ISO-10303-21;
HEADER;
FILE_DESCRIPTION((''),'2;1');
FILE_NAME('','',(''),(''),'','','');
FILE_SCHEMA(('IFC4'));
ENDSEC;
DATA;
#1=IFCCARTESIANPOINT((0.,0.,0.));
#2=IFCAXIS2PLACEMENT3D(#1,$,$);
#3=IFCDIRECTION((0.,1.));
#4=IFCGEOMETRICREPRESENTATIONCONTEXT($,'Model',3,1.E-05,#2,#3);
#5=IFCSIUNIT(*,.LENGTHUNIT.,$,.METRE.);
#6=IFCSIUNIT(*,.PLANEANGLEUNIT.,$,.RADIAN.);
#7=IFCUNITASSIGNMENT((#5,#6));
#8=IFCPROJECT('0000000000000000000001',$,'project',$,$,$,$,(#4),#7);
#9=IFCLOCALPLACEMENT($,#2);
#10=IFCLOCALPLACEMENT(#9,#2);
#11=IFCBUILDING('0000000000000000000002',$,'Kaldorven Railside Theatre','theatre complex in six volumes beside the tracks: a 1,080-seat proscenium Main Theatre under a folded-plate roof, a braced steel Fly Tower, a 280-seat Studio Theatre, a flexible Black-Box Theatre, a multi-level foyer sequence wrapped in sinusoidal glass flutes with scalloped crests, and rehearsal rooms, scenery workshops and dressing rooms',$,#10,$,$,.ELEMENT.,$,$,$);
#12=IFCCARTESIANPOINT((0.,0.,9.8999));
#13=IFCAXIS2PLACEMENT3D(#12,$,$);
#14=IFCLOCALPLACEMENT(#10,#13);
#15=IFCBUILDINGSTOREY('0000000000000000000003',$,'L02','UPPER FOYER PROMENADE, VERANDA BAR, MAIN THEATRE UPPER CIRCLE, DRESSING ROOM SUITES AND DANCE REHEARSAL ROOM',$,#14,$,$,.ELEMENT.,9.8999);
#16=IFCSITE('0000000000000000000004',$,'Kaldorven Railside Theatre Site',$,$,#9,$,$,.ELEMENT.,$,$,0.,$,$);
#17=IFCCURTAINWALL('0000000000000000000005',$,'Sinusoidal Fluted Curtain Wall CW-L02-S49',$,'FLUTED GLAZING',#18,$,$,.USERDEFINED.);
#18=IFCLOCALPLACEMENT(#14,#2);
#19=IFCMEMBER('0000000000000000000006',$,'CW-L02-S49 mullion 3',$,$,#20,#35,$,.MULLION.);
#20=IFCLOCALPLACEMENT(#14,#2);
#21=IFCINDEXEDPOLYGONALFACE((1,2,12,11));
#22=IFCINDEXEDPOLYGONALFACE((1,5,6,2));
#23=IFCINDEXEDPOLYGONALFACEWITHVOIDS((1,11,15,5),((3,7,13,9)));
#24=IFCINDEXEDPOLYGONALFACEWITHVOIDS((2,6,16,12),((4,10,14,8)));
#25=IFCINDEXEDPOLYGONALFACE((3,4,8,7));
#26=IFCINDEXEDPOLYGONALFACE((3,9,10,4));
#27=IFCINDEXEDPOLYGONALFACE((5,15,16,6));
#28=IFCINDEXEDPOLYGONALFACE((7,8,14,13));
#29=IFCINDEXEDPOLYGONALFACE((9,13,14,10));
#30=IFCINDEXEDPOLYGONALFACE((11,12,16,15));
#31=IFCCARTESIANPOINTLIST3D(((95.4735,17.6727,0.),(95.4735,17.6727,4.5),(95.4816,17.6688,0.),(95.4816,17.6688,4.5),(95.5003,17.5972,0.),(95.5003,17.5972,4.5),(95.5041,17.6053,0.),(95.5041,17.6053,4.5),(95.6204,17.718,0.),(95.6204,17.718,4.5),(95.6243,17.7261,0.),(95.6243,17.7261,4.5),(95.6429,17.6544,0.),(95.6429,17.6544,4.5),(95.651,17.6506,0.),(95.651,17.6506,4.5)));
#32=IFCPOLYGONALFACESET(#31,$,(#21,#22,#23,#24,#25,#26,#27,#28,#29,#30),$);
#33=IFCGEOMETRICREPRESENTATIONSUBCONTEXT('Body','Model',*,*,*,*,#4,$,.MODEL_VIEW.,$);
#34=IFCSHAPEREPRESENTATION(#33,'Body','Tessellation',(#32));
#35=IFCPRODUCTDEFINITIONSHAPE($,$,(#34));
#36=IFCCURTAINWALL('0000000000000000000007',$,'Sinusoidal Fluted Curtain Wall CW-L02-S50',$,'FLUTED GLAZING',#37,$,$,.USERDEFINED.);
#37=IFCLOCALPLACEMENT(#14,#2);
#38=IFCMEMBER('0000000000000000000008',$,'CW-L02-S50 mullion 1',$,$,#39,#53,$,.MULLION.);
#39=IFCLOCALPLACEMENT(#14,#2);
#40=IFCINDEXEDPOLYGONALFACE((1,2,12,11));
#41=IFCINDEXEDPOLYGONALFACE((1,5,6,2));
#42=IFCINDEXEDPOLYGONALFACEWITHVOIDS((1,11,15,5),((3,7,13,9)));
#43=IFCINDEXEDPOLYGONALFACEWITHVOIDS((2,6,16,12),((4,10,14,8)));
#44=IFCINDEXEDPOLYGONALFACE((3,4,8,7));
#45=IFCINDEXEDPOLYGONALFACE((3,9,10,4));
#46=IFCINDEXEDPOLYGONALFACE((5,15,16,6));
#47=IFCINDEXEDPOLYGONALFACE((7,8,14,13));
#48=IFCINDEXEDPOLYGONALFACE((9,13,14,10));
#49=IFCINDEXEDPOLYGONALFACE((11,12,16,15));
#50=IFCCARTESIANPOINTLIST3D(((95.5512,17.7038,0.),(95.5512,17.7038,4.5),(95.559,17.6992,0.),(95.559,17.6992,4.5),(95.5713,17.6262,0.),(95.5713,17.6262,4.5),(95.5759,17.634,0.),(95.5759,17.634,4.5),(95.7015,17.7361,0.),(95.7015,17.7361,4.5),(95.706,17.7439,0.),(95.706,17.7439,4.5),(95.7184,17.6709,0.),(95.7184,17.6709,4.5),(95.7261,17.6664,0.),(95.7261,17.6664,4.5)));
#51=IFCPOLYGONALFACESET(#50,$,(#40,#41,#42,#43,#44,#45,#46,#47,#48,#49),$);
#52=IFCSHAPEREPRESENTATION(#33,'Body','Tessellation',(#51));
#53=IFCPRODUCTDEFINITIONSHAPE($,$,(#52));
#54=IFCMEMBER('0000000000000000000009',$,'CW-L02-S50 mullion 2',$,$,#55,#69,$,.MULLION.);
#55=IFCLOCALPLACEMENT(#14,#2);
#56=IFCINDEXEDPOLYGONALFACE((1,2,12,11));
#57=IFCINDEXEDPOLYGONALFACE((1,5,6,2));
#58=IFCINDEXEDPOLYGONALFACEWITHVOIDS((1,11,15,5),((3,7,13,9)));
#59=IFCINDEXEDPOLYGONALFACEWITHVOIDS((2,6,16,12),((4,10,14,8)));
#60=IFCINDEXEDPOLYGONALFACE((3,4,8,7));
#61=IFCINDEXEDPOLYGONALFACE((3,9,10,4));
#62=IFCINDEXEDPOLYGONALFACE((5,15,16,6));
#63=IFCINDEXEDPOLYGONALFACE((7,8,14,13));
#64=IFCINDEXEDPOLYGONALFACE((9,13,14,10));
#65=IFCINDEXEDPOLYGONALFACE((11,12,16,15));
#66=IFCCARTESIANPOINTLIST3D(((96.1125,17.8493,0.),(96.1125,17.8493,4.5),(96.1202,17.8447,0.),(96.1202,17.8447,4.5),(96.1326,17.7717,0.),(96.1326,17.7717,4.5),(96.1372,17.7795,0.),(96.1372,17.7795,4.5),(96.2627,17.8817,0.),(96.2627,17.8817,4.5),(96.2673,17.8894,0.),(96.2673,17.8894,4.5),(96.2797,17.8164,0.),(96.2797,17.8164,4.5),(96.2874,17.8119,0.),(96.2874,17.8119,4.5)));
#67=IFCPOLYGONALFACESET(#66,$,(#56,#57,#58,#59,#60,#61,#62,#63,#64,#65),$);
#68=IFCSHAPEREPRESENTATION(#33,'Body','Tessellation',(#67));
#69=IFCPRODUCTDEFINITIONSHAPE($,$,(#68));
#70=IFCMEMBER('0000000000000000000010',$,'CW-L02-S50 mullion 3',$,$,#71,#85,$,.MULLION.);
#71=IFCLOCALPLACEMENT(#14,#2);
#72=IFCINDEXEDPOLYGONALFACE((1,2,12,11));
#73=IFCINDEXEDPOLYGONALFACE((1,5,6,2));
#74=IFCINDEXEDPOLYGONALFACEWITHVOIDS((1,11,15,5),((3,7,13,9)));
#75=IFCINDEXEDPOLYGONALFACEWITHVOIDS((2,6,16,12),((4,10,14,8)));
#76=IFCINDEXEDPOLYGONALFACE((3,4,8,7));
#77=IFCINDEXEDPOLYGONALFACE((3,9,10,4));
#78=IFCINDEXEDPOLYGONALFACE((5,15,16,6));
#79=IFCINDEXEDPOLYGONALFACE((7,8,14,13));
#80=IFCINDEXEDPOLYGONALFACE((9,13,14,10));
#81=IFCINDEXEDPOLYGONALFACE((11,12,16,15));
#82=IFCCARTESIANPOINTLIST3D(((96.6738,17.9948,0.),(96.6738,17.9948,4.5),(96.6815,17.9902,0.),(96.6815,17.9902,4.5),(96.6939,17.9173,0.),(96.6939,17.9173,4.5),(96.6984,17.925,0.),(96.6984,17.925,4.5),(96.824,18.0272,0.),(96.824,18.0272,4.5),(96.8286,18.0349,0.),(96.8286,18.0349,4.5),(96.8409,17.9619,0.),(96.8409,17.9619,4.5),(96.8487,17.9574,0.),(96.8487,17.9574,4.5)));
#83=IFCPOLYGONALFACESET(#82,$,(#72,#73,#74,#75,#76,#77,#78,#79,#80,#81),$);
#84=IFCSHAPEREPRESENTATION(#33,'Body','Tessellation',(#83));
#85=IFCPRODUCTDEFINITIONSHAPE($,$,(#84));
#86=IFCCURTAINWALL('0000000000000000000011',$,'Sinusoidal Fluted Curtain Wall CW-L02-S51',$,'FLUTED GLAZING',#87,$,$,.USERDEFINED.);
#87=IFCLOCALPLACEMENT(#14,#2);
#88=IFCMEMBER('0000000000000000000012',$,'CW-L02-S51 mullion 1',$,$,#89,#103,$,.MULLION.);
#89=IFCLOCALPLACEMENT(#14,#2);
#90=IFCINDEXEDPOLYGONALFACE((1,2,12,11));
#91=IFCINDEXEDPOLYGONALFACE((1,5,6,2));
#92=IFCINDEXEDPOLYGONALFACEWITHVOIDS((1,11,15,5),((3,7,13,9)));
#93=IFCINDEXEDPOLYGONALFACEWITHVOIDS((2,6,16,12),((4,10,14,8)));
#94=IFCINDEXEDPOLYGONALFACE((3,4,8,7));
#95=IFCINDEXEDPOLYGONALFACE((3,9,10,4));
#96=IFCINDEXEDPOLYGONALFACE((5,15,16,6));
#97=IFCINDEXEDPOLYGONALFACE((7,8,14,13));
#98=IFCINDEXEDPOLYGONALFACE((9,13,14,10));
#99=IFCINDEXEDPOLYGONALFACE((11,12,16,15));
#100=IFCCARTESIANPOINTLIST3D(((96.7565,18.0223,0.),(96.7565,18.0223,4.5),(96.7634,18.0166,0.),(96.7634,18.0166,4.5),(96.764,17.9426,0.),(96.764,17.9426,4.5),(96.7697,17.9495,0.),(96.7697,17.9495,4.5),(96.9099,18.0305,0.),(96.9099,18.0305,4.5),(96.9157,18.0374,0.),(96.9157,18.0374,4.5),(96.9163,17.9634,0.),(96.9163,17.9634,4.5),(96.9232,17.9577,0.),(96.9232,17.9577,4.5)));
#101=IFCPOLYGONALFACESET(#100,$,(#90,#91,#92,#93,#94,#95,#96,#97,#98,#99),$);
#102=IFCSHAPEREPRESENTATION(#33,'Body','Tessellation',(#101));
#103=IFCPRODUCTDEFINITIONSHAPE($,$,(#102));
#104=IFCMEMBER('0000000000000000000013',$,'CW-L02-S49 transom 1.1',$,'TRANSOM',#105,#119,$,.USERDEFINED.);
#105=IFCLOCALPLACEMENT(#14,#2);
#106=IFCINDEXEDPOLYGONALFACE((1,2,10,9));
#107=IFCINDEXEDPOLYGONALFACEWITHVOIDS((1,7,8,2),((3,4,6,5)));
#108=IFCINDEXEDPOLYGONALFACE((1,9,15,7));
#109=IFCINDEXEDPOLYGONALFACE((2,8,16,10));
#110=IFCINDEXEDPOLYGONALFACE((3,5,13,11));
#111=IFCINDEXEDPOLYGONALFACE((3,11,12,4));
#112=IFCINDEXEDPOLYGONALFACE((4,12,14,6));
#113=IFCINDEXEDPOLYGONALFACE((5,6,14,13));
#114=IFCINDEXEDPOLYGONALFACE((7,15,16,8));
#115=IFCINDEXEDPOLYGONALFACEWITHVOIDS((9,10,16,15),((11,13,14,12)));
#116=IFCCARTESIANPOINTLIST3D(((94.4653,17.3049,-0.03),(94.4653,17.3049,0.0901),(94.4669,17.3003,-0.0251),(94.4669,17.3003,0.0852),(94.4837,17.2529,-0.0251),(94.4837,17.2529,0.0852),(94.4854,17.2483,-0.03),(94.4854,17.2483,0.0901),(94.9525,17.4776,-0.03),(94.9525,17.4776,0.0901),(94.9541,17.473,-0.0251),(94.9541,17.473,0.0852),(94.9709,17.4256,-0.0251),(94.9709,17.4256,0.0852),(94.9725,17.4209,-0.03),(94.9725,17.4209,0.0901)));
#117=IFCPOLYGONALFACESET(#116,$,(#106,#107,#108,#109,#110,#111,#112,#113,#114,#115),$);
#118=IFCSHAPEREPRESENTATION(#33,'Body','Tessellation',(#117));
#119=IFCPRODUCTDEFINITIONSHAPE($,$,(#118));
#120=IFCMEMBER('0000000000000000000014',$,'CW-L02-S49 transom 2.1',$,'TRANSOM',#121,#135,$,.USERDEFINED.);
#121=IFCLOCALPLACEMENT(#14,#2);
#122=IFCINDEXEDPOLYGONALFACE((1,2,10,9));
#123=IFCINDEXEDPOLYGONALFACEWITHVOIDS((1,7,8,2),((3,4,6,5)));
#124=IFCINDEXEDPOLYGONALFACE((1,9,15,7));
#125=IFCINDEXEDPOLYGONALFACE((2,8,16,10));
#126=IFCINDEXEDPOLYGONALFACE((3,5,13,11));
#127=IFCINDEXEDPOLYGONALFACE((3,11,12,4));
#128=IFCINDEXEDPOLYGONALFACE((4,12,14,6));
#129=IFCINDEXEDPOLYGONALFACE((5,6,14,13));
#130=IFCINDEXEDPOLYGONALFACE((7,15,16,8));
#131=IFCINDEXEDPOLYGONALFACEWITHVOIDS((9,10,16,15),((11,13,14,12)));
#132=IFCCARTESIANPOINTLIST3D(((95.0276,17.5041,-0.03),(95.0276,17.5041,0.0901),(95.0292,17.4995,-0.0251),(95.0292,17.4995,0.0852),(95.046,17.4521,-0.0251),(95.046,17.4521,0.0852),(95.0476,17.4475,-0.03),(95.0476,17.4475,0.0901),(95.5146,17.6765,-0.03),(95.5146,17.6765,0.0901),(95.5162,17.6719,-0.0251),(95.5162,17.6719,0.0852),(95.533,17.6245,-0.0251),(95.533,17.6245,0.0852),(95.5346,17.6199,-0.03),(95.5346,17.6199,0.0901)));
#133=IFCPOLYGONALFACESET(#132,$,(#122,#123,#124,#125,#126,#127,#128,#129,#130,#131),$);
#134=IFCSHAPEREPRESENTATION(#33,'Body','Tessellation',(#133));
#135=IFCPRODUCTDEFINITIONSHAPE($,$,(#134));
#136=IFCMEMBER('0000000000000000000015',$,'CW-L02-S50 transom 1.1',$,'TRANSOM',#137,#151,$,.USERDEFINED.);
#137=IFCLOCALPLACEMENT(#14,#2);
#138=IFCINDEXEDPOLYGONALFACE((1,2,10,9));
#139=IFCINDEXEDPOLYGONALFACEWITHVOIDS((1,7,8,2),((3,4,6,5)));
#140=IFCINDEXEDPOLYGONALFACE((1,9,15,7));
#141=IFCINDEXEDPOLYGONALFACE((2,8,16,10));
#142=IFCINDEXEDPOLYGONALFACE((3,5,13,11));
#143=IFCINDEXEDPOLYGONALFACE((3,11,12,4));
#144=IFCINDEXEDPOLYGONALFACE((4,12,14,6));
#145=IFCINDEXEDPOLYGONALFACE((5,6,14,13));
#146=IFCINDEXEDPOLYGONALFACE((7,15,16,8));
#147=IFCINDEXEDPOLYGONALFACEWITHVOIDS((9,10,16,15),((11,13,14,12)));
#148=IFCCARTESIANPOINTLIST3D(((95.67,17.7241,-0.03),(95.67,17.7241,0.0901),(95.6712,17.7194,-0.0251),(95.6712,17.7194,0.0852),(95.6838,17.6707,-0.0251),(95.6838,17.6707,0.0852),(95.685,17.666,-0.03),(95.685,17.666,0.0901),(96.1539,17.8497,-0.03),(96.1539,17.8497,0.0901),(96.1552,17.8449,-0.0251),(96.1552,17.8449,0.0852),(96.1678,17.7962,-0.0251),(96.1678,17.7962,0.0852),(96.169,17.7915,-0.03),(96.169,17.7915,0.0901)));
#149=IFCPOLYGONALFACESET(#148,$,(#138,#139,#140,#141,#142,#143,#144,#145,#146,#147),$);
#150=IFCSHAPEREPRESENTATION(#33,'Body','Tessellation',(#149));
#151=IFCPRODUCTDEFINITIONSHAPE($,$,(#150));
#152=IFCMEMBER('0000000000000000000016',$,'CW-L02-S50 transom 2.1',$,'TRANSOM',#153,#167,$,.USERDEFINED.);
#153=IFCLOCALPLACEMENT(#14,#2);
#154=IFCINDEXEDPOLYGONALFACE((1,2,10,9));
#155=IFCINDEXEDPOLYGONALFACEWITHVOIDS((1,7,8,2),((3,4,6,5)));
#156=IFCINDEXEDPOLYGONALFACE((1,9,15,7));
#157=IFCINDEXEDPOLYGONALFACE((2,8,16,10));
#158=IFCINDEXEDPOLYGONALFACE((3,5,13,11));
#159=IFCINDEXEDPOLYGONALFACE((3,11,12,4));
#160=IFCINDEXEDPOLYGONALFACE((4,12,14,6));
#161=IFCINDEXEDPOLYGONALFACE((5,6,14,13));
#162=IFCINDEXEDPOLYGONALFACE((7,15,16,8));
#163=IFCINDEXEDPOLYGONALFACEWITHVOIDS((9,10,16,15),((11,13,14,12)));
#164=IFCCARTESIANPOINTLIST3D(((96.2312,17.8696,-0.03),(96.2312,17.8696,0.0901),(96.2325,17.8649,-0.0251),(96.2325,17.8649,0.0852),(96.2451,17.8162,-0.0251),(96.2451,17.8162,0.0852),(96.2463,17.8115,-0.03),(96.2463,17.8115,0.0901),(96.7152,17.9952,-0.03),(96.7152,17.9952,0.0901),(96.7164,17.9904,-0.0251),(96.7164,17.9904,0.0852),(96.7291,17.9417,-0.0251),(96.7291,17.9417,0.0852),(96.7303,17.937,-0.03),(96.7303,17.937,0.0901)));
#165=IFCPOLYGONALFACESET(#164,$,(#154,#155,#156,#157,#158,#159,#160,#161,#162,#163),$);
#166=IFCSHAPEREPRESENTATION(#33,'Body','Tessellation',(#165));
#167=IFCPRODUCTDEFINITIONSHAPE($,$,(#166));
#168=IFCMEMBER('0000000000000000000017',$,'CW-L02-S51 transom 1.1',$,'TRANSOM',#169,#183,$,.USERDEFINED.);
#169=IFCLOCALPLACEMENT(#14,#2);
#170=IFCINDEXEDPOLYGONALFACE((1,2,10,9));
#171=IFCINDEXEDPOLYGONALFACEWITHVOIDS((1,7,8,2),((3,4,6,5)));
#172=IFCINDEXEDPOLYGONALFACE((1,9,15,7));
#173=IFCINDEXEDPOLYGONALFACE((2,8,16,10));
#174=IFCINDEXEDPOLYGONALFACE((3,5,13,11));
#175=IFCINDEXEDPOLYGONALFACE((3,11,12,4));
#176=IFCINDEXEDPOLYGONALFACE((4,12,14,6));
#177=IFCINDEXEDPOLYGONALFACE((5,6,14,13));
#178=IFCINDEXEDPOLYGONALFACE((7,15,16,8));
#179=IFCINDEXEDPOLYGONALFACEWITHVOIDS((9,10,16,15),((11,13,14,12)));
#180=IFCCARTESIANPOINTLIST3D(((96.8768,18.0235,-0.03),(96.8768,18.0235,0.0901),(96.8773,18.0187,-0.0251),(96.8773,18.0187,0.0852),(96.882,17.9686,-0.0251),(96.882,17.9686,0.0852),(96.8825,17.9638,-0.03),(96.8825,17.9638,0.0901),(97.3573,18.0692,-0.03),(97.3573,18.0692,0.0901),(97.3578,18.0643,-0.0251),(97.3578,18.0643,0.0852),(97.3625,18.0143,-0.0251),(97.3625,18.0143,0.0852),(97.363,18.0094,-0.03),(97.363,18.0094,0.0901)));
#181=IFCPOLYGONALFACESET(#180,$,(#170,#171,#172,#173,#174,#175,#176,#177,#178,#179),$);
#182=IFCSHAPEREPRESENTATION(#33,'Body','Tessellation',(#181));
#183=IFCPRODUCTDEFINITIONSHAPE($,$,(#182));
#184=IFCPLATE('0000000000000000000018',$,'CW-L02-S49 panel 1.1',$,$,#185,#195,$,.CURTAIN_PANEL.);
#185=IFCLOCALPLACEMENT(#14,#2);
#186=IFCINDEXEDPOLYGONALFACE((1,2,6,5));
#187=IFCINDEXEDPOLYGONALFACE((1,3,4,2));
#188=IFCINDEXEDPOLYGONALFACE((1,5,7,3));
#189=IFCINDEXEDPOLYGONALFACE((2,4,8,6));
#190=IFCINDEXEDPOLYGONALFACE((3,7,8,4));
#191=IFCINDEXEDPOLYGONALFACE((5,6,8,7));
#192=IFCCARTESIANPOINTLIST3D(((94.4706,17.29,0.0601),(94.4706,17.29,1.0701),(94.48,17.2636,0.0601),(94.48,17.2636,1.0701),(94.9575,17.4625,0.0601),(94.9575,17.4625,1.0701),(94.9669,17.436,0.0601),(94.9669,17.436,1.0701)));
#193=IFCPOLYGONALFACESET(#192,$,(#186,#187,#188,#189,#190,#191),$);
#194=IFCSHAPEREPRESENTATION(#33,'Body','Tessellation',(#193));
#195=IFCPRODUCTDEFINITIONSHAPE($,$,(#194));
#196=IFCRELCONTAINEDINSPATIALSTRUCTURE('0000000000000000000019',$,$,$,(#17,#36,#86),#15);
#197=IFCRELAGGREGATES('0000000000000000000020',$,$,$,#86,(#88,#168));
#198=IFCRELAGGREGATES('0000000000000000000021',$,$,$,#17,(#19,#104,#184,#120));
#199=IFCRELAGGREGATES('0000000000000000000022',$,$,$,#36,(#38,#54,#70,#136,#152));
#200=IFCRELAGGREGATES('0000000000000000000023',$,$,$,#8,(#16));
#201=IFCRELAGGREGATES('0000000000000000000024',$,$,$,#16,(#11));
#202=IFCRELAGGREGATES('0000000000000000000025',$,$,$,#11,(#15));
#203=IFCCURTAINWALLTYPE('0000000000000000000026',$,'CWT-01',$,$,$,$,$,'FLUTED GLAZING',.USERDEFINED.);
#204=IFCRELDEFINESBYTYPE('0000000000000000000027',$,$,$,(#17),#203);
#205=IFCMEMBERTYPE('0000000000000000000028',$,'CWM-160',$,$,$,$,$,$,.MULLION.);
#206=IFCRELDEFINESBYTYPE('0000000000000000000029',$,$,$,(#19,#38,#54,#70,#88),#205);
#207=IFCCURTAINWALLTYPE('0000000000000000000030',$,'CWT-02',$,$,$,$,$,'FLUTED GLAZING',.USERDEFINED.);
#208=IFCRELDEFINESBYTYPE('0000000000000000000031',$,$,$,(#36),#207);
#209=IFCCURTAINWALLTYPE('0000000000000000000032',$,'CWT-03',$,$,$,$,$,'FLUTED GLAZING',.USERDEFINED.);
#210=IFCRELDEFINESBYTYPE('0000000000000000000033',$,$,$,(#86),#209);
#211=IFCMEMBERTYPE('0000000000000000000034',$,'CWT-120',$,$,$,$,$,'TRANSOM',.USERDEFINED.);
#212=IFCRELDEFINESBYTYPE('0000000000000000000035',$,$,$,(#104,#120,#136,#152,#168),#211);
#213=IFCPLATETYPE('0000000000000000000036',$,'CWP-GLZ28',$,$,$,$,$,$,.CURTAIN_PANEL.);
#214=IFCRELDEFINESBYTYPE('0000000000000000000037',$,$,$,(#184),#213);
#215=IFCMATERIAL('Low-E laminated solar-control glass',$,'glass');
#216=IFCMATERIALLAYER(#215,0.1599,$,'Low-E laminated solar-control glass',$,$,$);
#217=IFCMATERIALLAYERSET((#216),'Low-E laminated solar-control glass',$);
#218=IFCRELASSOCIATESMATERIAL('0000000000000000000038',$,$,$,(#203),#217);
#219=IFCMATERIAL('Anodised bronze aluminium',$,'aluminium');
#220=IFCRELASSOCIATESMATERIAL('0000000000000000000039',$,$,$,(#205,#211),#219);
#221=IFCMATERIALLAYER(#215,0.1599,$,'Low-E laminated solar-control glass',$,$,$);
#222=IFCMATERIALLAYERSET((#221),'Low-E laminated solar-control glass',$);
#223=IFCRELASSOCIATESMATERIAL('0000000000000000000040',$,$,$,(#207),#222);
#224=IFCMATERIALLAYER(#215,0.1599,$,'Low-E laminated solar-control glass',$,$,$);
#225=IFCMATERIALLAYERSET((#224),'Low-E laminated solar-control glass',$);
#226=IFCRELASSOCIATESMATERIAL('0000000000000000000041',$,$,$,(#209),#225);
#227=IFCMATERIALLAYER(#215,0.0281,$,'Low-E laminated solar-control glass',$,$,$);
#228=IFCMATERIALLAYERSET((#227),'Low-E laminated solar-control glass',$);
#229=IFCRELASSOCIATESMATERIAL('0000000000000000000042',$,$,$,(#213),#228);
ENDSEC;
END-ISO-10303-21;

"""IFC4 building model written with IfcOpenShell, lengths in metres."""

from ifc_helpers import new_model, si_unit, direction, frame, origin, origin_2d, place, context, subcontext, project, spatial, rectangle, hollow_rectangle, extrude, material, layer, layer_set, material_profile, profile_set, type_object, element, aggregate, save


model = new_model("IFC4")

# Units and contexts
model_context = context("Model", 3, precision=1e-05, world=origin(), true_north=direction((0.0, 1.0)))
body_context = subcontext(model_context, "Body", "Model", "MODEL_VIEW")
ifc_project = project(units=[si_unit("LENGTHUNIT", "METRE"), si_unit("PLANEANGLEUNIT", "RADIAN")], contexts=[model_context])

# Site, building, storey
site_placement = place(None, origin())
site = spatial("IfcSite", under=ifc_project, at=site_placement, Name="Kaldorven Railside Theatre Site", CompositionType="ELEMENT", RefElevation=0.0)
building_placement = place(site_placement, origin())
building = spatial("IfcBuilding", under=site, at=building_placement, Name="Kaldorven Railside Theatre", Description="theatre complex in six volumes beside the tracks: a 1,080-seat proscenium Main Theatre under a folded-plate roof, a braced steel Fly Tower, a 280-seat Studio Theatre, a flexible Black-Box Theatre, a multi-level foyer sequence wrapped in sinusoidal glass flutes with scalloped crests, and rehearsal rooms, scenery workshops and dressing rooms", CompositionType="ELEMENT")
storey_placement = place(building_placement, frame((0.0, 0.0, 9.8999)))
storey = spatial("IfcBuildingStorey", under=building, at=storey_placement, Name="L02", Description="UPPER FOYER PROMENADE, VERANDA BAR, MAIN THEATRE UPPER CIRCLE, DRESSING ROOM SUITES AND DANCE REHEARSAL ROOM", CompositionType="ELEMENT", Elevation=9.8999)

# Curtain walls, members
ifc_material_1 = material(Name="Low-E laminated solar-control glass", Category="glass")
ifc_layer_1 = layer(ifc_material_1, 0.1599, Name="Low-E laminated solar-control glass")
ifc_layer_set_1 = layer_set([ifc_layer_1], Name="Low-E laminated solar-control glass")
curtain_wall_type_1 = type_object("IfcCurtainWallType", Name="CWT-01", ElementType="FLUTED GLAZING", PredefinedType="USERDEFINED", material=ifc_layer_set_1)
curtain_wall_1_placement = place(storey_placement, origin())
curtain_wall_1 = element("IfcCurtainWall", 1, at=curtain_wall_1_placement, inside=storey, type_object=curtain_wall_type_1, Name="Sinusoidal Fluted Curtain Wall CW-L02-S49", ObjectType="FLUTED GLAZING", PredefinedType="USERDEFINED")
ifc_material_2 = material(Name="Anodised bronze aluminium", Category="aluminium")
ifc_material_profile_1 = material_profile(ifc_material_2, hollow_rectangle(XDim=0.0801, YDim=0.1599, WallThickness=0.0063, at=origin_2d()), Name="RHS 160x80x6.3")
ifc_profile_set_1 = profile_set([ifc_material_profile_1], Name="Anodised bronze aluminium")
member_type_1 = type_object("IfcMemberType", Name="CWM-160", PredefinedType="MULLION", material=ifc_profile_set_1)
member_1_placement = place(storey_placement, frame((95.5623, 17.6616, 0.0), z_axis=(0.0, 0.0, 1.0), x_axis=(-0.333847, 0.942627, 0.0)))
member_1 = element("IfcMember", 2, at=member_1_placement, type_object=member_type_1, Name="CW-L02-S49 mullion 3", PredefinedType="MULLION", context=body_context, shape_type="SweptSolid", body=[
    extrude(hollow_rectangle(XDim=0.0801, YDim=0.1599, WallThickness=0.0063, at=origin_2d()), origin(), (0.0, 0.0, 1.0), 4.5),
])
ifc_layer_2 = layer(ifc_material_1, 0.1599, Name="Low-E laminated solar-control glass")
ifc_layer_set_2 = layer_set([ifc_layer_2], Name="Low-E laminated solar-control glass")
curtain_wall_type_2 = type_object("IfcCurtainWallType", Name="CWT-02", ElementType="FLUTED GLAZING", PredefinedType="USERDEFINED", material=ifc_layer_set_2)
curtain_wall_2_placement = place(storey_placement, origin())
curtain_wall_2 = element("IfcCurtainWall", 3, at=curtain_wall_2_placement, inside=storey, type_object=curtain_wall_type_2, Name="Sinusoidal Fluted Curtain Wall CW-L02-S50", ObjectType="FLUTED GLAZING", PredefinedType="USERDEFINED")
member_2_placement = place(storey_placement, frame((95.6387, 17.6851, 0.0), z_axis=(0.0, 0.0, 1.0), x_axis=(-0.250954, 0.967999, 0.0)))
member_2 = element("IfcMember", 4, at=member_2_placement, type_object=member_type_1, Name="CW-L02-S50 mullion 1", PredefinedType="MULLION", context=body_context, shape_type="SweptSolid", body=[
    extrude(hollow_rectangle(XDim=0.0801, YDim=0.1599, WallThickness=0.0063, at=origin_2d()), origin(), (0.0, 0.0, 1.0), 4.5),
])
member_3_placement = place(storey_placement, frame((96.2, 17.8306, 0.0), z_axis=(0.0, 0.0, 1.0), x_axis=(-0.250954, 0.967999, 0.0)))
member_3 = element("IfcMember", 5, at=member_3_placement, type_object=member_type_1, Name="CW-L02-S50 mullion 2", PredefinedType="MULLION", context=body_context, shape_type="SweptSolid", body=[
    extrude(hollow_rectangle(XDim=0.0801, YDim=0.1599, WallThickness=0.0063, at=origin_2d()), origin(), (0.0, 0.0, 1.0), 4.5),
])
member_4_placement = place(storey_placement, frame((96.7612, 17.9761, 0.0), z_axis=(0.0, 0.0, 1.0), x_axis=(-0.250954, 0.967999, 0.0)))
member_4 = element("IfcMember", 6, at=member_4_placement, type_object=member_type_1, Name="CW-L02-S50 mullion 3", PredefinedType="MULLION", context=body_context, shape_type="SweptSolid", body=[
    extrude(hollow_rectangle(XDim=0.0801, YDim=0.1599, WallThickness=0.0063, at=origin_2d()), origin(), (0.0, 0.0, 1.0), 4.5),
])

# Curtain wall, member
ifc_layer_3 = layer(ifc_material_1, 0.1599, Name="Low-E laminated solar-control glass")
ifc_layer_set_3 = layer_set([ifc_layer_3], Name="Low-E laminated solar-control glass")
curtain_wall_type_3 = type_object("IfcCurtainWallType", Name="CWT-03", ElementType="FLUTED GLAZING", PredefinedType="USERDEFINED", material=ifc_layer_set_3)
curtain_wall_3_placement = place(storey_placement, origin())
curtain_wall_3 = element("IfcCurtainWall", 7, at=curtain_wall_3_placement, inside=storey, type_object=curtain_wall_type_3, Name="Sinusoidal Fluted Curtain Wall CW-L02-S51", ObjectType="FLUTED GLAZING", PredefinedType="USERDEFINED")
member_5_placement = place(storey_placement, frame((96.8398, 17.99, 0.0), z_axis=(0.0, 0.0, 1.0), x_axis=(-0.094492, 0.995526, 0.0)))
member_5 = element("IfcMember", 8, at=member_5_placement, type_object=member_type_1, Name="CW-L02-S51 mullion 1", PredefinedType="MULLION", context=body_context, shape_type="SweptSolid", body=[
    extrude(hollow_rectangle(XDim=0.0801, YDim=0.1599, WallThickness=0.0063, at=origin_2d()), origin(), (0.0, 0.0, 1.0), 4.5),
])

# Members
ifc_material_profile_2 = material_profile(ifc_material_2, hollow_rectangle(XDim=0.0601, YDim=0.1201, WallThickness=0.0049, at=origin_2d()), Name="RHS 120x60x5")
ifc_profile_set_2 = profile_set([ifc_material_profile_2], Name="Anodised bronze aluminium")
member_type_2 = type_object("IfcMemberType", Name="CWT-120", ElementType="TRANSOM", PredefinedType="USERDEFINED", material=ifc_profile_set_2)
member_6_placement = place(storey_placement, frame((94.4753, 17.2766, 0.03), z_axis=(0.942562, 0.334031, 0.0), x_axis=(-0.334031, 0.942562, 0.0)))
member_6 = element("IfcMember", 9, at=member_6_placement, type_object=member_type_2, Name="CW-L02-S49 transom 1.1", ObjectType="TRANSOM", PredefinedType="USERDEFINED", context=body_context, shape_type="SweptSolid", body=[
    extrude(hollow_rectangle(XDim=0.0601, YDim=0.1201, WallThickness=0.0049, at=origin_2d()), origin(), (0.0, 0.0, 1.0), 0.5168),
])
member_7_placement = place(storey_placement, frame((95.0376, 17.4758, 0.03), z_axis=(0.942711, 0.333611, 0.0), x_axis=(-0.333611, 0.942711, 0.0)))
member_7 = element("IfcMember", 10, at=member_7_placement, type_object=member_type_2, Name="CW-L02-S49 transom 2.1", ObjectType="TRANSOM", PredefinedType="USERDEFINED", context=body_context, shape_type="SweptSolid", body=[
    extrude(hollow_rectangle(XDim=0.0601, YDim=0.1201, WallThickness=0.0049, at=origin_2d()), origin(), (0.0, 0.0, 1.0), 0.5166),
])
member_8_placement = place(storey_placement, frame((95.6775, 17.6951, 0.03), z_axis=(0.967979, 0.25103, 0.0), x_axis=(-0.25103, 0.967979, 0.0)))
member_8 = element("IfcMember", 11, at=member_8_placement, type_object=member_type_2, Name="CW-L02-S50 transom 1.1", ObjectType="TRANSOM", PredefinedType="USERDEFINED", context=body_context, shape_type="SweptSolid", body=[
    extrude(hollow_rectangle(XDim=0.0601, YDim=0.1201, WallThickness=0.0049, at=origin_2d()), origin(), (0.0, 0.0, 1.0), 0.5),
])
member_9_placement = place(storey_placement, frame((96.2388, 17.8406, 0.03), z_axis=(0.967979, 0.25103, 0.0), x_axis=(-0.25103, 0.967979, 0.0)))
member_9 = element("IfcMember", 12, at=member_9_placement, type_object=member_type_2, Name="CW-L02-S50 transom 2.1", ObjectType="TRANSOM", PredefinedType="USERDEFINED", context=body_context, shape_type="SweptSolid", body=[
    extrude(hollow_rectangle(XDim=0.0601, YDim=0.1201, WallThickness=0.0049, at=origin_2d()), origin(), (0.0, 0.0, 1.0), 0.5),
])
member_10_placement = place(storey_placement, frame((96.8796, 17.9937, 0.03), z_axis=(0.995516, 0.094594, 0.0), x_axis=(-0.094594, 0.995516, 0.0)))
member_10 = element("IfcMember", 13, at=member_10_placement, type_object=member_type_2, Name="CW-L02-S51 transom 1.1", ObjectType="TRANSOM", PredefinedType="USERDEFINED", context=body_context, shape_type="SweptSolid", body=[
    extrude(hollow_rectangle(XDim=0.0601, YDim=0.1201, WallThickness=0.0049, at=origin_2d()), origin(), (0.0, 0.0, 1.0), 0.4827),
])
aggregate(curtain_wall_3, [member_5, member_10])

# Plate
ifc_layer_4 = layer(ifc_material_1, 0.0281, Name="Low-E laminated solar-control glass")
ifc_layer_set_4 = layer_set([ifc_layer_4], Name="Low-E laminated solar-control glass")
plate_type = type_object("IfcPlateType", Name="CWP-GLZ28", PredefinedType="CURTAIN_PANEL", material=ifc_layer_set_4)
plate_1_placement = place(storey_placement, frame((94.7188, 17.363, 0.0601), z_axis=(0.0, 0.0, 1.0), x_axis=(0.942627, 0.333847, 0.0)))
plate_1 = element("IfcPlate", 14, at=plate_1_placement, type_object=plate_type, Name="CW-L02-S49 panel 1.1", PredefinedType="CURTAIN_PANEL", context=body_context, shape_type="SweptSolid", body=[
    extrude(rectangle(XDim=0.5166, YDim=0.0281, at=origin_2d()), origin(), (0.0, 0.0, 1.0), 1.01),
])
aggregate(curtain_wall_1, [member_1, member_6, plate_1, member_7])
aggregate(curtain_wall_2, [member_2, member_3, member_4, member_8, member_9])

save(model, "model.ifc")
